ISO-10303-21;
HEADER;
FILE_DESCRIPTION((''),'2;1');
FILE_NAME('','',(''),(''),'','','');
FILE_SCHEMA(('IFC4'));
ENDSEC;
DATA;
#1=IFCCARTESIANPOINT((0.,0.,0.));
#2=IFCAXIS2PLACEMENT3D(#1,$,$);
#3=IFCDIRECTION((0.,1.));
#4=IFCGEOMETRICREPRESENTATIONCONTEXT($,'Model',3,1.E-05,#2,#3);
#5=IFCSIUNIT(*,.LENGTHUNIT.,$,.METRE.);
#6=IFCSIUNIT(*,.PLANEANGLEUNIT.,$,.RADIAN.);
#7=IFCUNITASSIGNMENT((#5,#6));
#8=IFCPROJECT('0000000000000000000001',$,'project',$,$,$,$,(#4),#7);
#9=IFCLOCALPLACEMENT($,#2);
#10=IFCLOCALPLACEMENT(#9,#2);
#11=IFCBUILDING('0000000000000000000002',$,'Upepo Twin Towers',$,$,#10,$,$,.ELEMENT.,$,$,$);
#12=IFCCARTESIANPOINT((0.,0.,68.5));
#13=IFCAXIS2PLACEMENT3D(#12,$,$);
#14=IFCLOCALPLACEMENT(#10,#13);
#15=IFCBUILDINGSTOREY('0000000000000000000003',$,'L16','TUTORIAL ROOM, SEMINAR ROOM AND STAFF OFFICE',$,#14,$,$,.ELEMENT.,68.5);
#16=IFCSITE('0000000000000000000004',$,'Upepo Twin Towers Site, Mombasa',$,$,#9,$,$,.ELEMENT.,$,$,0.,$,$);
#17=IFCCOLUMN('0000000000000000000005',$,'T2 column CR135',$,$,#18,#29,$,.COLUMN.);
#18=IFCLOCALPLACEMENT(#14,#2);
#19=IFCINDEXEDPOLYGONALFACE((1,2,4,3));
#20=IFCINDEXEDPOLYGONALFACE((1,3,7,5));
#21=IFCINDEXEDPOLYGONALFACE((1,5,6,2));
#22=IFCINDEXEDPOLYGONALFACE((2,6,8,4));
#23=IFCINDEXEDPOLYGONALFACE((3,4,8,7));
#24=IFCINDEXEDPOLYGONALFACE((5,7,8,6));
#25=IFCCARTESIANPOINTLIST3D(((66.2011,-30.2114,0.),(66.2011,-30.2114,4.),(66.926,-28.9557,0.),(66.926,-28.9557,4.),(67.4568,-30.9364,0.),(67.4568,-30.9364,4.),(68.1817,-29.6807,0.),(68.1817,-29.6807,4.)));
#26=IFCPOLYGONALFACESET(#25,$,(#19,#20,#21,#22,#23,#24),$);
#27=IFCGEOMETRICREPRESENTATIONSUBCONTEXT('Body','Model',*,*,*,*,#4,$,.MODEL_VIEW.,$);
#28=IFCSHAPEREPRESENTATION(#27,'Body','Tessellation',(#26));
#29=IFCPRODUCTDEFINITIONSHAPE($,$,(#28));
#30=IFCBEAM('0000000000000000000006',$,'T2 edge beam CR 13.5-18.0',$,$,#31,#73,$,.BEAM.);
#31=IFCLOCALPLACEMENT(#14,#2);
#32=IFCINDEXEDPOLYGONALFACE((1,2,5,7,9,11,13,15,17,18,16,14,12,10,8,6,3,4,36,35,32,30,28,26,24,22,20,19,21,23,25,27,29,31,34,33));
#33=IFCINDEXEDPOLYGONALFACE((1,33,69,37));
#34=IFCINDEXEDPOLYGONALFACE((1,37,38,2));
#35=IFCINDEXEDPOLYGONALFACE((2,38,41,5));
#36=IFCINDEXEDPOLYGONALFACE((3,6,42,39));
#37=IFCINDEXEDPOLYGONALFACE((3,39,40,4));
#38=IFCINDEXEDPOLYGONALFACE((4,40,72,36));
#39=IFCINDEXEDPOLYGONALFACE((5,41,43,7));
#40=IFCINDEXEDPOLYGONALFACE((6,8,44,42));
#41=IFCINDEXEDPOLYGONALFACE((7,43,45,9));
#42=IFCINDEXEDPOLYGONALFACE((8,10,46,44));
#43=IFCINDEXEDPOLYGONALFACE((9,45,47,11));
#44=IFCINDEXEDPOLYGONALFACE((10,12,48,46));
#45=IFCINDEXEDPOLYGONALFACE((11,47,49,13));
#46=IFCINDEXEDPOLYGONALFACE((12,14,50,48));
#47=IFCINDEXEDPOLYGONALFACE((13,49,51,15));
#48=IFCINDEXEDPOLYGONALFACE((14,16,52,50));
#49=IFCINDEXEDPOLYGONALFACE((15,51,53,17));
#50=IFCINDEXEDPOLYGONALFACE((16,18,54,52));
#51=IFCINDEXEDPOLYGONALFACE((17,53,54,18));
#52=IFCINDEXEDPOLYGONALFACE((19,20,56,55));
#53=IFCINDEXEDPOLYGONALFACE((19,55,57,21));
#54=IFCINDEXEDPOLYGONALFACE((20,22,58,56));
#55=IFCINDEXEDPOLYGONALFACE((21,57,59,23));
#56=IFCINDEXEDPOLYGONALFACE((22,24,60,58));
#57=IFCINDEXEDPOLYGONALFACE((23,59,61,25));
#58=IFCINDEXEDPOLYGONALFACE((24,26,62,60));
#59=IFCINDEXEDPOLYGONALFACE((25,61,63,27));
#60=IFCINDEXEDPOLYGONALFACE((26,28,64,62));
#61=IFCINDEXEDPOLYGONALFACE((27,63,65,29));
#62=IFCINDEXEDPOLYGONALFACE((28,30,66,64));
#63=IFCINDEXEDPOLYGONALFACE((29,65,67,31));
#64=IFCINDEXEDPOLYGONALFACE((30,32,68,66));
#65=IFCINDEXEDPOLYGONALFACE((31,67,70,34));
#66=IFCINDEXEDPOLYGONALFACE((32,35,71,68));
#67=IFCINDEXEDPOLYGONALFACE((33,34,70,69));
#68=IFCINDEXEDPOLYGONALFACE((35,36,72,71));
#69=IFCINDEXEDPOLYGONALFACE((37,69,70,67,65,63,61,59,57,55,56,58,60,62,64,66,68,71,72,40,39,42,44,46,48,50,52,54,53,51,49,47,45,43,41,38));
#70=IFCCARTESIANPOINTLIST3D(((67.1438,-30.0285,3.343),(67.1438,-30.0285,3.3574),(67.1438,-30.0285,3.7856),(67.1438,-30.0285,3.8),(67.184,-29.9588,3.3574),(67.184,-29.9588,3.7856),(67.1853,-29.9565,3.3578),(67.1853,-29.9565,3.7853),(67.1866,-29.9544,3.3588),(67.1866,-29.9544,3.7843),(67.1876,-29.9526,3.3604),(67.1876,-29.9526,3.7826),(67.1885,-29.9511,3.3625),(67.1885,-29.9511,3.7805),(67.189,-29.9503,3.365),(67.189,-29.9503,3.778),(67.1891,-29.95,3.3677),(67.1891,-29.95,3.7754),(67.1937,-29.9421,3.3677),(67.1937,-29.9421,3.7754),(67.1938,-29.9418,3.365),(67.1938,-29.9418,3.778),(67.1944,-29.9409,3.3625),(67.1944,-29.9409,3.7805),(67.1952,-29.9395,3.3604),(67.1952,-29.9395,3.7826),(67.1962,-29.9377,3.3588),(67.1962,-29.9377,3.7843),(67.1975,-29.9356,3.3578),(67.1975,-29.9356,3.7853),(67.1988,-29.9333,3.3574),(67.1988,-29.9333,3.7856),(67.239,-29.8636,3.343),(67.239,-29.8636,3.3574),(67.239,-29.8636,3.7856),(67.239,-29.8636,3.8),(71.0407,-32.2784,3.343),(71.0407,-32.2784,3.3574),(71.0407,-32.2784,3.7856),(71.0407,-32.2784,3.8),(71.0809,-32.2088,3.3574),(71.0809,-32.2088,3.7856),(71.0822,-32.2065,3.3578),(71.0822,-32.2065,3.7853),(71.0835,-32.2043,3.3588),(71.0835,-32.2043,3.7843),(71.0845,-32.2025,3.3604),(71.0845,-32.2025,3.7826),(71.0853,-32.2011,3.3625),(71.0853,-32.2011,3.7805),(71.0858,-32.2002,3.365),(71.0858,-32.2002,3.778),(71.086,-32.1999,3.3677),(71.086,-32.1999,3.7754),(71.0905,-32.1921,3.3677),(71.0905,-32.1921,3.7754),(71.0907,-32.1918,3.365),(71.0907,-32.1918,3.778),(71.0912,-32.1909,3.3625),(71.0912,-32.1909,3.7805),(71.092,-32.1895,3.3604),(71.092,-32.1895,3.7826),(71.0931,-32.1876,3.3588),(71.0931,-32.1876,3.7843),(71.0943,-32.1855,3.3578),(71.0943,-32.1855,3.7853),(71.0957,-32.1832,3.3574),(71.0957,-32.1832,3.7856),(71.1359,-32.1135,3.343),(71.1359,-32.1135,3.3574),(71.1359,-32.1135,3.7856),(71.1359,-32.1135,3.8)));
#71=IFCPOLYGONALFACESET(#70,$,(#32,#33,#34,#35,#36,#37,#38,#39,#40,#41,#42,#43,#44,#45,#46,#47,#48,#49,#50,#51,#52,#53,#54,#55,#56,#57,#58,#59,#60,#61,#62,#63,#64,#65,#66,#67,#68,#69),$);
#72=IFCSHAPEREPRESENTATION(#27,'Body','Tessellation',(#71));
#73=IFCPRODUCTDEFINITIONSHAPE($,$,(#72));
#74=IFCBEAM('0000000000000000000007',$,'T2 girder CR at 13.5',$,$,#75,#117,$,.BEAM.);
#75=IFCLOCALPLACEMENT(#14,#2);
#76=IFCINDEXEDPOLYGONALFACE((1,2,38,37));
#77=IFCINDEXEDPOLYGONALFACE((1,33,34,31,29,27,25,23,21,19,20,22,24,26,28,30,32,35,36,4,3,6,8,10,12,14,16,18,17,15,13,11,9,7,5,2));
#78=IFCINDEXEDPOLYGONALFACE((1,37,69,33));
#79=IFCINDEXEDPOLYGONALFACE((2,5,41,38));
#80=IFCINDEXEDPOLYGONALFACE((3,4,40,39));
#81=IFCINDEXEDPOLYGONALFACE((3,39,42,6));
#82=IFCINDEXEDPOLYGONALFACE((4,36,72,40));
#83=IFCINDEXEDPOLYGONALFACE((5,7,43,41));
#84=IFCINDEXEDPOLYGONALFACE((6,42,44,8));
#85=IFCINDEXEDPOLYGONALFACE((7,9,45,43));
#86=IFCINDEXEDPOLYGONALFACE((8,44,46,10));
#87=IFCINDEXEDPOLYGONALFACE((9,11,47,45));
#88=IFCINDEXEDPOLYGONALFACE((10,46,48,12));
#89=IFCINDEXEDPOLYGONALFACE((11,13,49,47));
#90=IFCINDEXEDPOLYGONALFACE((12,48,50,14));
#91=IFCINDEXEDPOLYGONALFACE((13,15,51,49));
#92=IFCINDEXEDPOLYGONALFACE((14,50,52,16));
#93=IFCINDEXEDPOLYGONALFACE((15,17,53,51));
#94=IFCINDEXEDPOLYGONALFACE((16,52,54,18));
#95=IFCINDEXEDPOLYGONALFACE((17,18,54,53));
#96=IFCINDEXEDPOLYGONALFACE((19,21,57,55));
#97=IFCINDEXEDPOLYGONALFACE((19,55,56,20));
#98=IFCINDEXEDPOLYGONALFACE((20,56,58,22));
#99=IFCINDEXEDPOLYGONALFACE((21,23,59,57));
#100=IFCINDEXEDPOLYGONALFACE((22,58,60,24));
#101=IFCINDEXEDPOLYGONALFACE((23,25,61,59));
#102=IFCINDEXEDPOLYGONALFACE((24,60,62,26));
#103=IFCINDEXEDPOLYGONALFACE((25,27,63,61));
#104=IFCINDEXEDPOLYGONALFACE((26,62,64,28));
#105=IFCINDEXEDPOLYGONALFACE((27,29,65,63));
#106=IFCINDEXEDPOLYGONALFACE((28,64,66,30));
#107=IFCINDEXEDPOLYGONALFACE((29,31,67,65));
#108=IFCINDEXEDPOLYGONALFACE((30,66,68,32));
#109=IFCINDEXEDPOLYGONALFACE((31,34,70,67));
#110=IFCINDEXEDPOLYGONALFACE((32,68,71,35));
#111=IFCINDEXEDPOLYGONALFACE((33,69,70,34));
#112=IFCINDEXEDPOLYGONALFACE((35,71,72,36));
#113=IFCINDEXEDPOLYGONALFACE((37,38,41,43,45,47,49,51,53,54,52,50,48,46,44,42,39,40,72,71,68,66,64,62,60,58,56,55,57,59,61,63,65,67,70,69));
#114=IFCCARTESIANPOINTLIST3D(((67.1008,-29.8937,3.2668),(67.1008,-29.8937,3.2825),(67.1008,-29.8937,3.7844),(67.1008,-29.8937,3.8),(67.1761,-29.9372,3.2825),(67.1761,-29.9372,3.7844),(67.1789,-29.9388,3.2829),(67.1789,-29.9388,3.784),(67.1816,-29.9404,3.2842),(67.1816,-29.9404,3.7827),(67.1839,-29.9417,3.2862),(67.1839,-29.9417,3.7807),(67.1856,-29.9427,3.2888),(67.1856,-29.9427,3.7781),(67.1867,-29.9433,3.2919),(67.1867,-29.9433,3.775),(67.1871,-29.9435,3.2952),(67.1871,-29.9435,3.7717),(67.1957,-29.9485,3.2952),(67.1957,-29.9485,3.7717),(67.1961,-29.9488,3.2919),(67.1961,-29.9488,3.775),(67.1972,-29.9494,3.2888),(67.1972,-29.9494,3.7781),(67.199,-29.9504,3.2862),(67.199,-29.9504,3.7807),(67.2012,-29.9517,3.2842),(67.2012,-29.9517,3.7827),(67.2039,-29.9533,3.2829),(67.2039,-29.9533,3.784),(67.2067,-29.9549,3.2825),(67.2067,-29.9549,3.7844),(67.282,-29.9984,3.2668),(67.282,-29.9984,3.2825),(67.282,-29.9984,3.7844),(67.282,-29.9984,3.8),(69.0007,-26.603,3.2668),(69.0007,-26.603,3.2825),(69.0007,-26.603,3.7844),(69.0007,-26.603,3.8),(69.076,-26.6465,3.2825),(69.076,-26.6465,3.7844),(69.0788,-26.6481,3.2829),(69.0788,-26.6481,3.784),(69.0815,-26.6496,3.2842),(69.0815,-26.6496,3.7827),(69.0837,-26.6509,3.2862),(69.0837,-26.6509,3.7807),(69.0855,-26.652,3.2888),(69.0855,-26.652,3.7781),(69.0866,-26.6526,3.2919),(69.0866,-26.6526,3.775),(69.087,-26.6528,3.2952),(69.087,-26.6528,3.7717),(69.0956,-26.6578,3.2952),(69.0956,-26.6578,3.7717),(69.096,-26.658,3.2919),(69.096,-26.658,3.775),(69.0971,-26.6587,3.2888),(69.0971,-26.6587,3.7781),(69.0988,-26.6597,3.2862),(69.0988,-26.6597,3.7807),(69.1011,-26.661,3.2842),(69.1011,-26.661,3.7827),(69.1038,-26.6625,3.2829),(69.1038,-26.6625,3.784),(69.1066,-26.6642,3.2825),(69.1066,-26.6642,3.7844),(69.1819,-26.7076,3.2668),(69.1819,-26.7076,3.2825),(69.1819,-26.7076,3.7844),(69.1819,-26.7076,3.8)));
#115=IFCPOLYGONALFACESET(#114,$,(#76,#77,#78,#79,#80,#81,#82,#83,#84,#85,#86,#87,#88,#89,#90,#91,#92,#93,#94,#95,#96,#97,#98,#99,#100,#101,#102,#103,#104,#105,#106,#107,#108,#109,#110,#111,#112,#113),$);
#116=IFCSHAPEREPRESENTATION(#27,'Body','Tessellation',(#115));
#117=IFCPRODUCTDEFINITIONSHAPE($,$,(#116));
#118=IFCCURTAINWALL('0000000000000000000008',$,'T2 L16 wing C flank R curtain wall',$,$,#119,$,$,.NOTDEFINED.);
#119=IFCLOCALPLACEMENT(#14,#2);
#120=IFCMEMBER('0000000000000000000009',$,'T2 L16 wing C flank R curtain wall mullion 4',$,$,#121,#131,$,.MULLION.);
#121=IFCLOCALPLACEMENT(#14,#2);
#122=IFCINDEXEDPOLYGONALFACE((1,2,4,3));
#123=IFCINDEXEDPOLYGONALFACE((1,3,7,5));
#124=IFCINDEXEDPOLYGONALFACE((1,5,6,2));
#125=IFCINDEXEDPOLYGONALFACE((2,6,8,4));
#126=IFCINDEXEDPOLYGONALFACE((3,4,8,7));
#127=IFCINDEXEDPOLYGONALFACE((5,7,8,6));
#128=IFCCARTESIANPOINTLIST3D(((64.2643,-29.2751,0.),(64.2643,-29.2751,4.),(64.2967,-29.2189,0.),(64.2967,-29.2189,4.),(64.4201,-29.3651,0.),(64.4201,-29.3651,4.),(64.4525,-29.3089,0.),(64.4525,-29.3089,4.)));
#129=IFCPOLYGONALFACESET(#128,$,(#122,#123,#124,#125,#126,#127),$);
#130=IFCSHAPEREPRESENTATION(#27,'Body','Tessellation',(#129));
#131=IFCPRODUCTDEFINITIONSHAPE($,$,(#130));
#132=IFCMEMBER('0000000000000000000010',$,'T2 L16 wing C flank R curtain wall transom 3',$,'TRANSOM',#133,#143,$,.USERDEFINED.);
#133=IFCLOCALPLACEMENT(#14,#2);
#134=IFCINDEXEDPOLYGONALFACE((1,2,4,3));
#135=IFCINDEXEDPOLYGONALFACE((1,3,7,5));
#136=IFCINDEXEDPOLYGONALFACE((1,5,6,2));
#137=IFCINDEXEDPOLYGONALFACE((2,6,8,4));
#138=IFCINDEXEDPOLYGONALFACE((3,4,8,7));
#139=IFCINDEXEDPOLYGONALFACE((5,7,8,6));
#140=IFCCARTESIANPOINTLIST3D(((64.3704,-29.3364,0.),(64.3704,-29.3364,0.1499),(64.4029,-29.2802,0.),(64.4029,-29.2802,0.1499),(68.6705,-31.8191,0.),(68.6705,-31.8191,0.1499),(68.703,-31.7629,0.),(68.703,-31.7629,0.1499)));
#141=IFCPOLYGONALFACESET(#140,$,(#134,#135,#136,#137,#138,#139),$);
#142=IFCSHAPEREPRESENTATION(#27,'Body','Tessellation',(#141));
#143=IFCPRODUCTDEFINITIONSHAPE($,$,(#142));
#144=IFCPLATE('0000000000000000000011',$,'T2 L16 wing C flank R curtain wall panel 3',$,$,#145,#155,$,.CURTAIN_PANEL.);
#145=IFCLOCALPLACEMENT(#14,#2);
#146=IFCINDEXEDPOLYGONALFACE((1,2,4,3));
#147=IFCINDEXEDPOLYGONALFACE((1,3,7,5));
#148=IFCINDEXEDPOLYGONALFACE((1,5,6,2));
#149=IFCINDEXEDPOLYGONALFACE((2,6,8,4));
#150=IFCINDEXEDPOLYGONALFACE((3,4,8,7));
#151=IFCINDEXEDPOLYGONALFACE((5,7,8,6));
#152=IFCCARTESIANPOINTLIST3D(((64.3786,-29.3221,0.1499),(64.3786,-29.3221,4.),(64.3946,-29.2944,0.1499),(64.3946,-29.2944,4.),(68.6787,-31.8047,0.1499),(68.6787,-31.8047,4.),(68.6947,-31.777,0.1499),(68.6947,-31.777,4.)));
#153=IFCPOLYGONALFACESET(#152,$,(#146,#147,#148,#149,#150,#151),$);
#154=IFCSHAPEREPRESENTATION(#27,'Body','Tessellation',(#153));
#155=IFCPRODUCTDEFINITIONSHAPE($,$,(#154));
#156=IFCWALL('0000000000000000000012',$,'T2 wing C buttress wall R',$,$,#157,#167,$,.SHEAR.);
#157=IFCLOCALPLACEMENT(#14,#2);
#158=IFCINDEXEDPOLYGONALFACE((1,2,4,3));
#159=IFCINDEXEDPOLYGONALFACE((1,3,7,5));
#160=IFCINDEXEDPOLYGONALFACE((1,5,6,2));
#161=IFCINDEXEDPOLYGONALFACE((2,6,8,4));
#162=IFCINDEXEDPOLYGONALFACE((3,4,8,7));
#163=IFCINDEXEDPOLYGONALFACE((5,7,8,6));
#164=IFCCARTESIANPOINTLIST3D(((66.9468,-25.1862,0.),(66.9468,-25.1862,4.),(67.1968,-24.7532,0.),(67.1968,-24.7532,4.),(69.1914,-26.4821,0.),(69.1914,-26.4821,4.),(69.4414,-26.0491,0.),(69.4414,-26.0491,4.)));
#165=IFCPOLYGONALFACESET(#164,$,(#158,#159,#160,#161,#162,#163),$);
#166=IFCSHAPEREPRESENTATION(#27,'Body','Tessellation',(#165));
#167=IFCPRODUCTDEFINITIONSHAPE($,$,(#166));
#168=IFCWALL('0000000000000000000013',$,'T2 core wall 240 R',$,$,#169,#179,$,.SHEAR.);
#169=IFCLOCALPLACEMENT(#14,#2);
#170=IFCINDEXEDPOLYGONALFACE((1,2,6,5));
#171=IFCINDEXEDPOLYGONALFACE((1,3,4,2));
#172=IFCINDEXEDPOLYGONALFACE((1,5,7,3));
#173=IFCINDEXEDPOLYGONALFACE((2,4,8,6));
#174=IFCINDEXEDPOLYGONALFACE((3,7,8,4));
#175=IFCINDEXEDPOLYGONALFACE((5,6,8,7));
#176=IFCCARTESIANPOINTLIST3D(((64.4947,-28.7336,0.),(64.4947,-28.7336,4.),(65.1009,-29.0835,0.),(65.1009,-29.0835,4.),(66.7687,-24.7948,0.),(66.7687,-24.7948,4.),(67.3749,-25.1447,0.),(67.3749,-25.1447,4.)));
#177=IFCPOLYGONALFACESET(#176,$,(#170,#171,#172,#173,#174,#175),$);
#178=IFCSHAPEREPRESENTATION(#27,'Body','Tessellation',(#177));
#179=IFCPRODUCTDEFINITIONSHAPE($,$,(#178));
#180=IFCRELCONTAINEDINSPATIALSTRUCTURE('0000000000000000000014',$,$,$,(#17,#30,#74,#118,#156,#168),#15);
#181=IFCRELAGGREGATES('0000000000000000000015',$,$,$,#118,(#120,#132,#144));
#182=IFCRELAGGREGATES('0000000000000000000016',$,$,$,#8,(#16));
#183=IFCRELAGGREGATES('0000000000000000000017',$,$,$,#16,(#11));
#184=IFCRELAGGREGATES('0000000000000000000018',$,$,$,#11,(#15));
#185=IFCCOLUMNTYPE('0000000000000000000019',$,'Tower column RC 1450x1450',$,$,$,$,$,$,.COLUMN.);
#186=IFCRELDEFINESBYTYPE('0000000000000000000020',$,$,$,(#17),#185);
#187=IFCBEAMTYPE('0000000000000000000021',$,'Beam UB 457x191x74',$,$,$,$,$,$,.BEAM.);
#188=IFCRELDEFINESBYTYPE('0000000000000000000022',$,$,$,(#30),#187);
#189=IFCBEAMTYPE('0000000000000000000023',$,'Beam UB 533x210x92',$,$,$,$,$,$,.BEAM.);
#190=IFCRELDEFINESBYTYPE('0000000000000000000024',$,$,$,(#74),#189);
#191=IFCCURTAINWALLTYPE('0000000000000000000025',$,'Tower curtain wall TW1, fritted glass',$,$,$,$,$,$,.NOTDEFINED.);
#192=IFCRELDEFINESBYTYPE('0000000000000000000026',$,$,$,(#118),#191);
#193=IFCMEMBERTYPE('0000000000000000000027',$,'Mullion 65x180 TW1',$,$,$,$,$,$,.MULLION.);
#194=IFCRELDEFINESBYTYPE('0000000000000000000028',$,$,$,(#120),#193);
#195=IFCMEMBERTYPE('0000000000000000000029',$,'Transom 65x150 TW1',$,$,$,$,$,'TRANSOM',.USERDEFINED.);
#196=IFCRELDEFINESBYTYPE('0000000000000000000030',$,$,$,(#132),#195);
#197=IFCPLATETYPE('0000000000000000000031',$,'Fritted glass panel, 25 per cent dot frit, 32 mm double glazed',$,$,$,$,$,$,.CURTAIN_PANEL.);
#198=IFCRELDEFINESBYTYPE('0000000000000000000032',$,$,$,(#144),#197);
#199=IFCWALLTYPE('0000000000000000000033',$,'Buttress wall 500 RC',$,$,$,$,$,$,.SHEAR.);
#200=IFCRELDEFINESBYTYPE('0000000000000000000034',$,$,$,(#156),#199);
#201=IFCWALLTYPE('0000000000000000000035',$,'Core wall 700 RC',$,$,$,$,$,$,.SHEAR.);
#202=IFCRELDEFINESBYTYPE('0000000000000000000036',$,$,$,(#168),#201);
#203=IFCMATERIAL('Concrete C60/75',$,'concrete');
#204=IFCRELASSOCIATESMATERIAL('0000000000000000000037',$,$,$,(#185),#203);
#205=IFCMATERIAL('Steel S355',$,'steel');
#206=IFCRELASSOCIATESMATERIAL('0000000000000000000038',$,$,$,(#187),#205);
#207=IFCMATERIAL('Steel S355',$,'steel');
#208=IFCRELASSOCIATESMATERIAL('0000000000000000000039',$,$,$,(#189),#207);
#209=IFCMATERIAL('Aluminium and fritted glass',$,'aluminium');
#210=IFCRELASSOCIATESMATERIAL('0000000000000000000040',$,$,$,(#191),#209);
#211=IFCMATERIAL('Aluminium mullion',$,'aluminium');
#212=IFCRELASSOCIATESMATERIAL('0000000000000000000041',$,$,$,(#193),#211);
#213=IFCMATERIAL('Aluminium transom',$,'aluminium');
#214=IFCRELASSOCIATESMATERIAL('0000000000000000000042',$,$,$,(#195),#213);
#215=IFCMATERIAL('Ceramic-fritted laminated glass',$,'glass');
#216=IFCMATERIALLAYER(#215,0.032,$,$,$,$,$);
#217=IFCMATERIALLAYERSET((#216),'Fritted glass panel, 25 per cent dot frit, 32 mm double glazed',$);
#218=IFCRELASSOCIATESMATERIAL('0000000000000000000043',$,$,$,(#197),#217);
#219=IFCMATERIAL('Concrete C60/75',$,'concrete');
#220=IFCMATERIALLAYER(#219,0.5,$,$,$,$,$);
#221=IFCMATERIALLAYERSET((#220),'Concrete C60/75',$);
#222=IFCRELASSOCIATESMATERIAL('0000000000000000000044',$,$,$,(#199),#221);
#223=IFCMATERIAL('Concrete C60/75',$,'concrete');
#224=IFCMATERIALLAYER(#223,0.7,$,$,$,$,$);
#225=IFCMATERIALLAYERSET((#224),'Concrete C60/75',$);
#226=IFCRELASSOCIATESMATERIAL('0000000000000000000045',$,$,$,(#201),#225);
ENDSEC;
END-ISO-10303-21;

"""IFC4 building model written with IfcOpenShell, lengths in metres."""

from ifc_helpers import new_model, si_unit, direction, frame, frame_2d, origin, origin_2d, place, context, subcontext, project, spatial, rectangle, i_section, extrude, material, layer, layer_set, material_profile, profile_set, type_object, element, aggregate, save


model = new_model("IFC4")

# Units and contexts
model_context = context("Model", 3, precision=1e-05, world=origin(), true_north=direction((0.0, 1.0)))
body_context = subcontext(model_context, "Body", "Model", "MODEL_VIEW")
ifc_project = project(units=[si_unit("LENGTHUNIT", "METRE"), si_unit("PLANEANGLEUNIT", "RADIAN")], contexts=[model_context])

# Site, building, storey
site_placement = place(None, origin())
site = spatial("IfcSite", under=ifc_project, at=site_placement, Name="Upepo Twin Towers Site, Mombasa", CompositionType="ELEMENT", RefElevation=0.0)
building_placement = place(site_placement, origin())
building = spatial("IfcBuilding", under=site, at=building_placement, Name="Upepo Twin Towers", CompositionType="ELEMENT")
storey_placement = place(building_placement, frame((0.0, 0.0, 68.5)))
storey = spatial("IfcBuildingStorey", under=building, at=storey_placement, Name="L16", Description="TUTORIAL ROOM, SEMINAR ROOM AND STAFF OFFICE", CompositionType="ELEMENT", Elevation=68.5)

# Column
ifc_material_1 = material(Name="Concrete C60/75", Category="concrete")
ifc_material_profile_1 = material_profile(ifc_material_1, rectangle(XDim=1.45, YDim=1.45, at=origin_2d()), Name="RC 1450x1450")
ifc_profile_set_1 = profile_set([ifc_material_profile_1], Name="Concrete C60/75")
column_type = type_object("IfcColumnType", Name="Tower column RC 1450x1450", PredefinedType="COLUMN", material=ifc_profile_set_1)
column_placement = place(storey_placement, frame((67.1914, -29.946, 0.0), z_axis=(0.0, 0.0, 1.0), x_axis=(0.5, 0.866025, 0.0)))
element("IfcColumn", 1, at=column_placement, inside=storey, type_object=column_type, Name="T2 column CR135", PredefinedType="COLUMN", context=body_context, shape_type="SweptSolid", body=[
    extrude(rectangle(XDim=1.45, YDim=1.45, at=origin_2d()), origin(), (0.0, 0.0, 1.0), 4.0),
])

# Beams
ifc_material_2 = material(Name="Steel S355", Category="steel")
ifc_material_profile_2 = material_profile(ifc_material_2, i_section(OverallWidth=0.1904, OverallDepth=0.457, WebThickness=0.009, FlangeThickness=0.0144, FilletRadius=0.0103, at=origin_2d()), Name="UB 457x191x74")
ifc_profile_set_2 = profile_set([ifc_material_profile_2], Name="Steel S355")
beam_type_1 = type_object("IfcBeamType", Name="Beam UB 457x191x74", PredefinedType="BEAM", material=ifc_profile_set_2)
beam_1_placement = place(storey_placement, frame((67.1914, -29.946, 3.5715), z_axis=(0.866018, -0.500014, 0.0), x_axis=(0.500014, 0.866018, 0.0)))
element("IfcBeam", 2, at=beam_1_placement, inside=storey, type_object=beam_type_1, Name="T2 edge beam CR 13.5-18.0", PredefinedType="BEAM", context=body_context, shape_type="SweptSolid", body=[
    extrude(i_section(OverallWidth=0.1904, OverallDepth=0.457, WebThickness=0.009, FlangeThickness=0.0144, FilletRadius=0.0103, at=origin_2d()), origin(), (0.0, 0.0, 1.0), 4.4998),
])
ifc_material_3 = material(Name="Steel S355", Category="steel")
ifc_material_profile_3 = material_profile(ifc_material_3, i_section(OverallWidth=0.2092, OverallDepth=0.5332, WebThickness=0.01, FlangeThickness=0.0156, FilletRadius=0.0127, at=origin_2d()), Name="UB 533x210x92")
ifc_profile_set_3 = profile_set([ifc_material_profile_3], Name="Steel S355")
beam_type_2 = type_object("IfcBeamType", Name="Beam UB 533x210x92", PredefinedType="BEAM", material=ifc_profile_set_3)
beam_2_placement = place(storey_placement, frame((67.1914, -29.946, 3.5334), z_axis=(0.499995, 0.866028, 0.0), x_axis=(-0.866028, 0.499995, 0.0)))
element("IfcBeam", 3, at=beam_2_placement, inside=storey, type_object=beam_type_2, Name="T2 girder CR at 13.5", PredefinedType="BEAM", context=body_context, shape_type="SweptSolid", body=[
    extrude(i_section(OverallWidth=0.2092, OverallDepth=0.5332, WebThickness=0.01, FlangeThickness=0.0156, FilletRadius=0.0127, at=origin_2d()), origin(), (0.0, 0.0, 1.0), 3.7998),
])

# Curtain wall, members, plate
ifc_material_4 = material(Name="Aluminium and fritted glass", Category="aluminium")
curtain_wall_type = type_object("IfcCurtainWallType", Name="Tower curtain wall TW1, fritted glass", PredefinedType="NOTDEFINED", material=ifc_material_4)
curtain_wall_placement = place(storey_placement, origin())
curtain_wall = element("IfcCurtainWall", 4, at=curtain_wall_placement, inside=storey, type_object=curtain_wall_type, Name="T2 L16 wing C flank R curtain wall", PredefinedType="NOTDEFINED")
ifc_material_5 = material(Name="Aluminium mullion", Category="aluminium")
ifc_material_profile_4 = material_profile(ifc_material_5, rectangle(XDim=0.0649, YDim=0.1799, at=origin_2d()), Name="MULLION 65x180")
ifc_profile_set_4 = profile_set([ifc_material_profile_4], Name="Aluminium mullion")
member_type_1 = type_object("IfcMemberType", Name="Mullion 65x180 TW1", PredefinedType="MULLION", material=ifc_profile_set_4)
member_1_placement = place(storey_placement, frame((64.3584, -29.292, 0.0), z_axis=(0.0, 0.0, 1.0), x_axis=(-0.5, -0.866025, 0.0)))
member_1 = element("IfcMember", 5, at=member_1_placement, type_object=member_type_1, Name="T2 L16 wing C flank R curtain wall mullion 4", PredefinedType="MULLION", context=body_context, shape_type="SweptSolid", body=[
    extrude(rectangle(XDim=0.0649, YDim=0.1799, at=origin_2d()), origin(), (0.0, 0.0, 1.0), 4.0),
])
ifc_material_6 = material(Name="Aluminium transom", Category="aluminium")
ifc_material_profile_5 = material_profile(ifc_material_6, rectangle(XDim=0.0649, YDim=0.1499, at=origin_2d()), Name="TRANSOM 65x150")
ifc_profile_set_5 = profile_set([ifc_material_profile_5], Name="Aluminium transom")
member_type_2 = type_object("IfcMemberType", Name="Transom 65x150 TW1", ElementType="TRANSOM", PredefinedType="USERDEFINED", material=ifc_profile_set_5)
member_2_placement = place(storey_placement, frame((68.6868, -31.791, 0.075), z_axis=(-0.866023, 0.500005, 0.0), x_axis=(-0.500005, -0.866023, 0.0)))
member_2 = element("IfcMember", 6, at=member_2_placement, type_object=member_type_2, Name="T2 L16 wing C flank R curtain wall transom 3", ObjectType="TRANSOM", PredefinedType="USERDEFINED", context=body_context, shape_type="SweptSolid", body=[
    extrude(rectangle(XDim=0.0649, YDim=0.1499, at=origin_2d()), origin(), (0.0, 0.0, 1.0), 4.9653),
])
ifc_material_7 = material(Name="Ceramic-fritted laminated glass", Category="glass")
ifc_layer_1 = layer(ifc_material_7, 0.032)
ifc_layer_set_1 = layer_set([ifc_layer_1], Name="Fritted glass panel, 25 per cent dot frit, 32 mm double glazed")
plate_type = type_object("IfcPlateType", Name="Fritted glass panel, 25 per cent dot frit, 32 mm double glazed", PredefinedType="CURTAIN_PANEL", material=ifc_layer_set_1)
plate_placement = place(storey_placement, frame((66.5366, -30.5496, 0.1499), z_axis=(0.0, 0.0, 1.0), x_axis=(-0.866025, 0.5, 0.0)))
plate = element("IfcPlate", 7, at=plate_placement, type_object=plate_type, Name="T2 L16 wing C flank R curtain wall panel 3", PredefinedType="CURTAIN_PANEL", context=body_context, shape_type="SweptSolid", body=[
    extrude(rectangle(XDim=4.9653, YDim=0.032, at=origin_2d()), origin(), (0.0, 0.0, 1.0), 3.8501),
])
aggregate(curtain_wall, [member_1, member_2, plate])

# Walls
ifc_material_8 = material(Name="Concrete C60/75", Category="concrete")
ifc_layer_2 = layer(ifc_material_8, 0.5)
ifc_layer_set_2 = layer_set([ifc_layer_2], Name="Concrete C60/75")
wall_type_1 = type_object("IfcWallType", Name="Buttress wall 500 RC", PredefinedType="SHEAR", material=ifc_layer_set_2)
wall_1_placement = place(storey_placement, frame((67.0718, -24.9697, 0.0), z_axis=(0.0, 0.0, 1.0), x_axis=(0.866032, -0.499989, 0.0)))
element("IfcWall", 8, at=wall_1_placement, inside=storey, type_object=wall_type_1, Name="T2 wing C buttress wall R", PredefinedType="SHEAR", context=body_context, shape_type="SweptSolid", body=[
    extrude(rectangle(XDim=2.5918, YDim=0.5, at=frame_2d((1.2959, 0.0))), origin(), (0.0, 0.0, 1.0), 4.0),
])
ifc_material_9 = material(Name="Concrete C60/75", Category="concrete")
ifc_layer_3 = layer(ifc_material_9, 0.7)
ifc_layer_set_3 = layer_set([ifc_layer_3], Name="Concrete C60/75")
wall_type_2 = type_object("IfcWallType", Name="Core wall 700 RC", PredefinedType="SHEAR", material=ifc_layer_set_3)
wall_2_placement = place(storey_placement, frame((64.7979, -28.9084, 0.0), z_axis=(0.0, 0.0, 1.0), x_axis=(0.499984, 0.866035, 0.0)))
element("IfcWall", 9, at=wall_2_placement, inside=storey, type_object=wall_type_2, Name="T2 core wall 240 R", PredefinedType="SHEAR", context=body_context, shape_type="SweptSolid", body=[
    extrude(rectangle(XDim=4.5481, YDim=0.7, at=frame_2d((2.2739, 0.0))), origin(), (0.0, 0.0, 1.0), 4.0),
])

save(model, "model.ifc")
